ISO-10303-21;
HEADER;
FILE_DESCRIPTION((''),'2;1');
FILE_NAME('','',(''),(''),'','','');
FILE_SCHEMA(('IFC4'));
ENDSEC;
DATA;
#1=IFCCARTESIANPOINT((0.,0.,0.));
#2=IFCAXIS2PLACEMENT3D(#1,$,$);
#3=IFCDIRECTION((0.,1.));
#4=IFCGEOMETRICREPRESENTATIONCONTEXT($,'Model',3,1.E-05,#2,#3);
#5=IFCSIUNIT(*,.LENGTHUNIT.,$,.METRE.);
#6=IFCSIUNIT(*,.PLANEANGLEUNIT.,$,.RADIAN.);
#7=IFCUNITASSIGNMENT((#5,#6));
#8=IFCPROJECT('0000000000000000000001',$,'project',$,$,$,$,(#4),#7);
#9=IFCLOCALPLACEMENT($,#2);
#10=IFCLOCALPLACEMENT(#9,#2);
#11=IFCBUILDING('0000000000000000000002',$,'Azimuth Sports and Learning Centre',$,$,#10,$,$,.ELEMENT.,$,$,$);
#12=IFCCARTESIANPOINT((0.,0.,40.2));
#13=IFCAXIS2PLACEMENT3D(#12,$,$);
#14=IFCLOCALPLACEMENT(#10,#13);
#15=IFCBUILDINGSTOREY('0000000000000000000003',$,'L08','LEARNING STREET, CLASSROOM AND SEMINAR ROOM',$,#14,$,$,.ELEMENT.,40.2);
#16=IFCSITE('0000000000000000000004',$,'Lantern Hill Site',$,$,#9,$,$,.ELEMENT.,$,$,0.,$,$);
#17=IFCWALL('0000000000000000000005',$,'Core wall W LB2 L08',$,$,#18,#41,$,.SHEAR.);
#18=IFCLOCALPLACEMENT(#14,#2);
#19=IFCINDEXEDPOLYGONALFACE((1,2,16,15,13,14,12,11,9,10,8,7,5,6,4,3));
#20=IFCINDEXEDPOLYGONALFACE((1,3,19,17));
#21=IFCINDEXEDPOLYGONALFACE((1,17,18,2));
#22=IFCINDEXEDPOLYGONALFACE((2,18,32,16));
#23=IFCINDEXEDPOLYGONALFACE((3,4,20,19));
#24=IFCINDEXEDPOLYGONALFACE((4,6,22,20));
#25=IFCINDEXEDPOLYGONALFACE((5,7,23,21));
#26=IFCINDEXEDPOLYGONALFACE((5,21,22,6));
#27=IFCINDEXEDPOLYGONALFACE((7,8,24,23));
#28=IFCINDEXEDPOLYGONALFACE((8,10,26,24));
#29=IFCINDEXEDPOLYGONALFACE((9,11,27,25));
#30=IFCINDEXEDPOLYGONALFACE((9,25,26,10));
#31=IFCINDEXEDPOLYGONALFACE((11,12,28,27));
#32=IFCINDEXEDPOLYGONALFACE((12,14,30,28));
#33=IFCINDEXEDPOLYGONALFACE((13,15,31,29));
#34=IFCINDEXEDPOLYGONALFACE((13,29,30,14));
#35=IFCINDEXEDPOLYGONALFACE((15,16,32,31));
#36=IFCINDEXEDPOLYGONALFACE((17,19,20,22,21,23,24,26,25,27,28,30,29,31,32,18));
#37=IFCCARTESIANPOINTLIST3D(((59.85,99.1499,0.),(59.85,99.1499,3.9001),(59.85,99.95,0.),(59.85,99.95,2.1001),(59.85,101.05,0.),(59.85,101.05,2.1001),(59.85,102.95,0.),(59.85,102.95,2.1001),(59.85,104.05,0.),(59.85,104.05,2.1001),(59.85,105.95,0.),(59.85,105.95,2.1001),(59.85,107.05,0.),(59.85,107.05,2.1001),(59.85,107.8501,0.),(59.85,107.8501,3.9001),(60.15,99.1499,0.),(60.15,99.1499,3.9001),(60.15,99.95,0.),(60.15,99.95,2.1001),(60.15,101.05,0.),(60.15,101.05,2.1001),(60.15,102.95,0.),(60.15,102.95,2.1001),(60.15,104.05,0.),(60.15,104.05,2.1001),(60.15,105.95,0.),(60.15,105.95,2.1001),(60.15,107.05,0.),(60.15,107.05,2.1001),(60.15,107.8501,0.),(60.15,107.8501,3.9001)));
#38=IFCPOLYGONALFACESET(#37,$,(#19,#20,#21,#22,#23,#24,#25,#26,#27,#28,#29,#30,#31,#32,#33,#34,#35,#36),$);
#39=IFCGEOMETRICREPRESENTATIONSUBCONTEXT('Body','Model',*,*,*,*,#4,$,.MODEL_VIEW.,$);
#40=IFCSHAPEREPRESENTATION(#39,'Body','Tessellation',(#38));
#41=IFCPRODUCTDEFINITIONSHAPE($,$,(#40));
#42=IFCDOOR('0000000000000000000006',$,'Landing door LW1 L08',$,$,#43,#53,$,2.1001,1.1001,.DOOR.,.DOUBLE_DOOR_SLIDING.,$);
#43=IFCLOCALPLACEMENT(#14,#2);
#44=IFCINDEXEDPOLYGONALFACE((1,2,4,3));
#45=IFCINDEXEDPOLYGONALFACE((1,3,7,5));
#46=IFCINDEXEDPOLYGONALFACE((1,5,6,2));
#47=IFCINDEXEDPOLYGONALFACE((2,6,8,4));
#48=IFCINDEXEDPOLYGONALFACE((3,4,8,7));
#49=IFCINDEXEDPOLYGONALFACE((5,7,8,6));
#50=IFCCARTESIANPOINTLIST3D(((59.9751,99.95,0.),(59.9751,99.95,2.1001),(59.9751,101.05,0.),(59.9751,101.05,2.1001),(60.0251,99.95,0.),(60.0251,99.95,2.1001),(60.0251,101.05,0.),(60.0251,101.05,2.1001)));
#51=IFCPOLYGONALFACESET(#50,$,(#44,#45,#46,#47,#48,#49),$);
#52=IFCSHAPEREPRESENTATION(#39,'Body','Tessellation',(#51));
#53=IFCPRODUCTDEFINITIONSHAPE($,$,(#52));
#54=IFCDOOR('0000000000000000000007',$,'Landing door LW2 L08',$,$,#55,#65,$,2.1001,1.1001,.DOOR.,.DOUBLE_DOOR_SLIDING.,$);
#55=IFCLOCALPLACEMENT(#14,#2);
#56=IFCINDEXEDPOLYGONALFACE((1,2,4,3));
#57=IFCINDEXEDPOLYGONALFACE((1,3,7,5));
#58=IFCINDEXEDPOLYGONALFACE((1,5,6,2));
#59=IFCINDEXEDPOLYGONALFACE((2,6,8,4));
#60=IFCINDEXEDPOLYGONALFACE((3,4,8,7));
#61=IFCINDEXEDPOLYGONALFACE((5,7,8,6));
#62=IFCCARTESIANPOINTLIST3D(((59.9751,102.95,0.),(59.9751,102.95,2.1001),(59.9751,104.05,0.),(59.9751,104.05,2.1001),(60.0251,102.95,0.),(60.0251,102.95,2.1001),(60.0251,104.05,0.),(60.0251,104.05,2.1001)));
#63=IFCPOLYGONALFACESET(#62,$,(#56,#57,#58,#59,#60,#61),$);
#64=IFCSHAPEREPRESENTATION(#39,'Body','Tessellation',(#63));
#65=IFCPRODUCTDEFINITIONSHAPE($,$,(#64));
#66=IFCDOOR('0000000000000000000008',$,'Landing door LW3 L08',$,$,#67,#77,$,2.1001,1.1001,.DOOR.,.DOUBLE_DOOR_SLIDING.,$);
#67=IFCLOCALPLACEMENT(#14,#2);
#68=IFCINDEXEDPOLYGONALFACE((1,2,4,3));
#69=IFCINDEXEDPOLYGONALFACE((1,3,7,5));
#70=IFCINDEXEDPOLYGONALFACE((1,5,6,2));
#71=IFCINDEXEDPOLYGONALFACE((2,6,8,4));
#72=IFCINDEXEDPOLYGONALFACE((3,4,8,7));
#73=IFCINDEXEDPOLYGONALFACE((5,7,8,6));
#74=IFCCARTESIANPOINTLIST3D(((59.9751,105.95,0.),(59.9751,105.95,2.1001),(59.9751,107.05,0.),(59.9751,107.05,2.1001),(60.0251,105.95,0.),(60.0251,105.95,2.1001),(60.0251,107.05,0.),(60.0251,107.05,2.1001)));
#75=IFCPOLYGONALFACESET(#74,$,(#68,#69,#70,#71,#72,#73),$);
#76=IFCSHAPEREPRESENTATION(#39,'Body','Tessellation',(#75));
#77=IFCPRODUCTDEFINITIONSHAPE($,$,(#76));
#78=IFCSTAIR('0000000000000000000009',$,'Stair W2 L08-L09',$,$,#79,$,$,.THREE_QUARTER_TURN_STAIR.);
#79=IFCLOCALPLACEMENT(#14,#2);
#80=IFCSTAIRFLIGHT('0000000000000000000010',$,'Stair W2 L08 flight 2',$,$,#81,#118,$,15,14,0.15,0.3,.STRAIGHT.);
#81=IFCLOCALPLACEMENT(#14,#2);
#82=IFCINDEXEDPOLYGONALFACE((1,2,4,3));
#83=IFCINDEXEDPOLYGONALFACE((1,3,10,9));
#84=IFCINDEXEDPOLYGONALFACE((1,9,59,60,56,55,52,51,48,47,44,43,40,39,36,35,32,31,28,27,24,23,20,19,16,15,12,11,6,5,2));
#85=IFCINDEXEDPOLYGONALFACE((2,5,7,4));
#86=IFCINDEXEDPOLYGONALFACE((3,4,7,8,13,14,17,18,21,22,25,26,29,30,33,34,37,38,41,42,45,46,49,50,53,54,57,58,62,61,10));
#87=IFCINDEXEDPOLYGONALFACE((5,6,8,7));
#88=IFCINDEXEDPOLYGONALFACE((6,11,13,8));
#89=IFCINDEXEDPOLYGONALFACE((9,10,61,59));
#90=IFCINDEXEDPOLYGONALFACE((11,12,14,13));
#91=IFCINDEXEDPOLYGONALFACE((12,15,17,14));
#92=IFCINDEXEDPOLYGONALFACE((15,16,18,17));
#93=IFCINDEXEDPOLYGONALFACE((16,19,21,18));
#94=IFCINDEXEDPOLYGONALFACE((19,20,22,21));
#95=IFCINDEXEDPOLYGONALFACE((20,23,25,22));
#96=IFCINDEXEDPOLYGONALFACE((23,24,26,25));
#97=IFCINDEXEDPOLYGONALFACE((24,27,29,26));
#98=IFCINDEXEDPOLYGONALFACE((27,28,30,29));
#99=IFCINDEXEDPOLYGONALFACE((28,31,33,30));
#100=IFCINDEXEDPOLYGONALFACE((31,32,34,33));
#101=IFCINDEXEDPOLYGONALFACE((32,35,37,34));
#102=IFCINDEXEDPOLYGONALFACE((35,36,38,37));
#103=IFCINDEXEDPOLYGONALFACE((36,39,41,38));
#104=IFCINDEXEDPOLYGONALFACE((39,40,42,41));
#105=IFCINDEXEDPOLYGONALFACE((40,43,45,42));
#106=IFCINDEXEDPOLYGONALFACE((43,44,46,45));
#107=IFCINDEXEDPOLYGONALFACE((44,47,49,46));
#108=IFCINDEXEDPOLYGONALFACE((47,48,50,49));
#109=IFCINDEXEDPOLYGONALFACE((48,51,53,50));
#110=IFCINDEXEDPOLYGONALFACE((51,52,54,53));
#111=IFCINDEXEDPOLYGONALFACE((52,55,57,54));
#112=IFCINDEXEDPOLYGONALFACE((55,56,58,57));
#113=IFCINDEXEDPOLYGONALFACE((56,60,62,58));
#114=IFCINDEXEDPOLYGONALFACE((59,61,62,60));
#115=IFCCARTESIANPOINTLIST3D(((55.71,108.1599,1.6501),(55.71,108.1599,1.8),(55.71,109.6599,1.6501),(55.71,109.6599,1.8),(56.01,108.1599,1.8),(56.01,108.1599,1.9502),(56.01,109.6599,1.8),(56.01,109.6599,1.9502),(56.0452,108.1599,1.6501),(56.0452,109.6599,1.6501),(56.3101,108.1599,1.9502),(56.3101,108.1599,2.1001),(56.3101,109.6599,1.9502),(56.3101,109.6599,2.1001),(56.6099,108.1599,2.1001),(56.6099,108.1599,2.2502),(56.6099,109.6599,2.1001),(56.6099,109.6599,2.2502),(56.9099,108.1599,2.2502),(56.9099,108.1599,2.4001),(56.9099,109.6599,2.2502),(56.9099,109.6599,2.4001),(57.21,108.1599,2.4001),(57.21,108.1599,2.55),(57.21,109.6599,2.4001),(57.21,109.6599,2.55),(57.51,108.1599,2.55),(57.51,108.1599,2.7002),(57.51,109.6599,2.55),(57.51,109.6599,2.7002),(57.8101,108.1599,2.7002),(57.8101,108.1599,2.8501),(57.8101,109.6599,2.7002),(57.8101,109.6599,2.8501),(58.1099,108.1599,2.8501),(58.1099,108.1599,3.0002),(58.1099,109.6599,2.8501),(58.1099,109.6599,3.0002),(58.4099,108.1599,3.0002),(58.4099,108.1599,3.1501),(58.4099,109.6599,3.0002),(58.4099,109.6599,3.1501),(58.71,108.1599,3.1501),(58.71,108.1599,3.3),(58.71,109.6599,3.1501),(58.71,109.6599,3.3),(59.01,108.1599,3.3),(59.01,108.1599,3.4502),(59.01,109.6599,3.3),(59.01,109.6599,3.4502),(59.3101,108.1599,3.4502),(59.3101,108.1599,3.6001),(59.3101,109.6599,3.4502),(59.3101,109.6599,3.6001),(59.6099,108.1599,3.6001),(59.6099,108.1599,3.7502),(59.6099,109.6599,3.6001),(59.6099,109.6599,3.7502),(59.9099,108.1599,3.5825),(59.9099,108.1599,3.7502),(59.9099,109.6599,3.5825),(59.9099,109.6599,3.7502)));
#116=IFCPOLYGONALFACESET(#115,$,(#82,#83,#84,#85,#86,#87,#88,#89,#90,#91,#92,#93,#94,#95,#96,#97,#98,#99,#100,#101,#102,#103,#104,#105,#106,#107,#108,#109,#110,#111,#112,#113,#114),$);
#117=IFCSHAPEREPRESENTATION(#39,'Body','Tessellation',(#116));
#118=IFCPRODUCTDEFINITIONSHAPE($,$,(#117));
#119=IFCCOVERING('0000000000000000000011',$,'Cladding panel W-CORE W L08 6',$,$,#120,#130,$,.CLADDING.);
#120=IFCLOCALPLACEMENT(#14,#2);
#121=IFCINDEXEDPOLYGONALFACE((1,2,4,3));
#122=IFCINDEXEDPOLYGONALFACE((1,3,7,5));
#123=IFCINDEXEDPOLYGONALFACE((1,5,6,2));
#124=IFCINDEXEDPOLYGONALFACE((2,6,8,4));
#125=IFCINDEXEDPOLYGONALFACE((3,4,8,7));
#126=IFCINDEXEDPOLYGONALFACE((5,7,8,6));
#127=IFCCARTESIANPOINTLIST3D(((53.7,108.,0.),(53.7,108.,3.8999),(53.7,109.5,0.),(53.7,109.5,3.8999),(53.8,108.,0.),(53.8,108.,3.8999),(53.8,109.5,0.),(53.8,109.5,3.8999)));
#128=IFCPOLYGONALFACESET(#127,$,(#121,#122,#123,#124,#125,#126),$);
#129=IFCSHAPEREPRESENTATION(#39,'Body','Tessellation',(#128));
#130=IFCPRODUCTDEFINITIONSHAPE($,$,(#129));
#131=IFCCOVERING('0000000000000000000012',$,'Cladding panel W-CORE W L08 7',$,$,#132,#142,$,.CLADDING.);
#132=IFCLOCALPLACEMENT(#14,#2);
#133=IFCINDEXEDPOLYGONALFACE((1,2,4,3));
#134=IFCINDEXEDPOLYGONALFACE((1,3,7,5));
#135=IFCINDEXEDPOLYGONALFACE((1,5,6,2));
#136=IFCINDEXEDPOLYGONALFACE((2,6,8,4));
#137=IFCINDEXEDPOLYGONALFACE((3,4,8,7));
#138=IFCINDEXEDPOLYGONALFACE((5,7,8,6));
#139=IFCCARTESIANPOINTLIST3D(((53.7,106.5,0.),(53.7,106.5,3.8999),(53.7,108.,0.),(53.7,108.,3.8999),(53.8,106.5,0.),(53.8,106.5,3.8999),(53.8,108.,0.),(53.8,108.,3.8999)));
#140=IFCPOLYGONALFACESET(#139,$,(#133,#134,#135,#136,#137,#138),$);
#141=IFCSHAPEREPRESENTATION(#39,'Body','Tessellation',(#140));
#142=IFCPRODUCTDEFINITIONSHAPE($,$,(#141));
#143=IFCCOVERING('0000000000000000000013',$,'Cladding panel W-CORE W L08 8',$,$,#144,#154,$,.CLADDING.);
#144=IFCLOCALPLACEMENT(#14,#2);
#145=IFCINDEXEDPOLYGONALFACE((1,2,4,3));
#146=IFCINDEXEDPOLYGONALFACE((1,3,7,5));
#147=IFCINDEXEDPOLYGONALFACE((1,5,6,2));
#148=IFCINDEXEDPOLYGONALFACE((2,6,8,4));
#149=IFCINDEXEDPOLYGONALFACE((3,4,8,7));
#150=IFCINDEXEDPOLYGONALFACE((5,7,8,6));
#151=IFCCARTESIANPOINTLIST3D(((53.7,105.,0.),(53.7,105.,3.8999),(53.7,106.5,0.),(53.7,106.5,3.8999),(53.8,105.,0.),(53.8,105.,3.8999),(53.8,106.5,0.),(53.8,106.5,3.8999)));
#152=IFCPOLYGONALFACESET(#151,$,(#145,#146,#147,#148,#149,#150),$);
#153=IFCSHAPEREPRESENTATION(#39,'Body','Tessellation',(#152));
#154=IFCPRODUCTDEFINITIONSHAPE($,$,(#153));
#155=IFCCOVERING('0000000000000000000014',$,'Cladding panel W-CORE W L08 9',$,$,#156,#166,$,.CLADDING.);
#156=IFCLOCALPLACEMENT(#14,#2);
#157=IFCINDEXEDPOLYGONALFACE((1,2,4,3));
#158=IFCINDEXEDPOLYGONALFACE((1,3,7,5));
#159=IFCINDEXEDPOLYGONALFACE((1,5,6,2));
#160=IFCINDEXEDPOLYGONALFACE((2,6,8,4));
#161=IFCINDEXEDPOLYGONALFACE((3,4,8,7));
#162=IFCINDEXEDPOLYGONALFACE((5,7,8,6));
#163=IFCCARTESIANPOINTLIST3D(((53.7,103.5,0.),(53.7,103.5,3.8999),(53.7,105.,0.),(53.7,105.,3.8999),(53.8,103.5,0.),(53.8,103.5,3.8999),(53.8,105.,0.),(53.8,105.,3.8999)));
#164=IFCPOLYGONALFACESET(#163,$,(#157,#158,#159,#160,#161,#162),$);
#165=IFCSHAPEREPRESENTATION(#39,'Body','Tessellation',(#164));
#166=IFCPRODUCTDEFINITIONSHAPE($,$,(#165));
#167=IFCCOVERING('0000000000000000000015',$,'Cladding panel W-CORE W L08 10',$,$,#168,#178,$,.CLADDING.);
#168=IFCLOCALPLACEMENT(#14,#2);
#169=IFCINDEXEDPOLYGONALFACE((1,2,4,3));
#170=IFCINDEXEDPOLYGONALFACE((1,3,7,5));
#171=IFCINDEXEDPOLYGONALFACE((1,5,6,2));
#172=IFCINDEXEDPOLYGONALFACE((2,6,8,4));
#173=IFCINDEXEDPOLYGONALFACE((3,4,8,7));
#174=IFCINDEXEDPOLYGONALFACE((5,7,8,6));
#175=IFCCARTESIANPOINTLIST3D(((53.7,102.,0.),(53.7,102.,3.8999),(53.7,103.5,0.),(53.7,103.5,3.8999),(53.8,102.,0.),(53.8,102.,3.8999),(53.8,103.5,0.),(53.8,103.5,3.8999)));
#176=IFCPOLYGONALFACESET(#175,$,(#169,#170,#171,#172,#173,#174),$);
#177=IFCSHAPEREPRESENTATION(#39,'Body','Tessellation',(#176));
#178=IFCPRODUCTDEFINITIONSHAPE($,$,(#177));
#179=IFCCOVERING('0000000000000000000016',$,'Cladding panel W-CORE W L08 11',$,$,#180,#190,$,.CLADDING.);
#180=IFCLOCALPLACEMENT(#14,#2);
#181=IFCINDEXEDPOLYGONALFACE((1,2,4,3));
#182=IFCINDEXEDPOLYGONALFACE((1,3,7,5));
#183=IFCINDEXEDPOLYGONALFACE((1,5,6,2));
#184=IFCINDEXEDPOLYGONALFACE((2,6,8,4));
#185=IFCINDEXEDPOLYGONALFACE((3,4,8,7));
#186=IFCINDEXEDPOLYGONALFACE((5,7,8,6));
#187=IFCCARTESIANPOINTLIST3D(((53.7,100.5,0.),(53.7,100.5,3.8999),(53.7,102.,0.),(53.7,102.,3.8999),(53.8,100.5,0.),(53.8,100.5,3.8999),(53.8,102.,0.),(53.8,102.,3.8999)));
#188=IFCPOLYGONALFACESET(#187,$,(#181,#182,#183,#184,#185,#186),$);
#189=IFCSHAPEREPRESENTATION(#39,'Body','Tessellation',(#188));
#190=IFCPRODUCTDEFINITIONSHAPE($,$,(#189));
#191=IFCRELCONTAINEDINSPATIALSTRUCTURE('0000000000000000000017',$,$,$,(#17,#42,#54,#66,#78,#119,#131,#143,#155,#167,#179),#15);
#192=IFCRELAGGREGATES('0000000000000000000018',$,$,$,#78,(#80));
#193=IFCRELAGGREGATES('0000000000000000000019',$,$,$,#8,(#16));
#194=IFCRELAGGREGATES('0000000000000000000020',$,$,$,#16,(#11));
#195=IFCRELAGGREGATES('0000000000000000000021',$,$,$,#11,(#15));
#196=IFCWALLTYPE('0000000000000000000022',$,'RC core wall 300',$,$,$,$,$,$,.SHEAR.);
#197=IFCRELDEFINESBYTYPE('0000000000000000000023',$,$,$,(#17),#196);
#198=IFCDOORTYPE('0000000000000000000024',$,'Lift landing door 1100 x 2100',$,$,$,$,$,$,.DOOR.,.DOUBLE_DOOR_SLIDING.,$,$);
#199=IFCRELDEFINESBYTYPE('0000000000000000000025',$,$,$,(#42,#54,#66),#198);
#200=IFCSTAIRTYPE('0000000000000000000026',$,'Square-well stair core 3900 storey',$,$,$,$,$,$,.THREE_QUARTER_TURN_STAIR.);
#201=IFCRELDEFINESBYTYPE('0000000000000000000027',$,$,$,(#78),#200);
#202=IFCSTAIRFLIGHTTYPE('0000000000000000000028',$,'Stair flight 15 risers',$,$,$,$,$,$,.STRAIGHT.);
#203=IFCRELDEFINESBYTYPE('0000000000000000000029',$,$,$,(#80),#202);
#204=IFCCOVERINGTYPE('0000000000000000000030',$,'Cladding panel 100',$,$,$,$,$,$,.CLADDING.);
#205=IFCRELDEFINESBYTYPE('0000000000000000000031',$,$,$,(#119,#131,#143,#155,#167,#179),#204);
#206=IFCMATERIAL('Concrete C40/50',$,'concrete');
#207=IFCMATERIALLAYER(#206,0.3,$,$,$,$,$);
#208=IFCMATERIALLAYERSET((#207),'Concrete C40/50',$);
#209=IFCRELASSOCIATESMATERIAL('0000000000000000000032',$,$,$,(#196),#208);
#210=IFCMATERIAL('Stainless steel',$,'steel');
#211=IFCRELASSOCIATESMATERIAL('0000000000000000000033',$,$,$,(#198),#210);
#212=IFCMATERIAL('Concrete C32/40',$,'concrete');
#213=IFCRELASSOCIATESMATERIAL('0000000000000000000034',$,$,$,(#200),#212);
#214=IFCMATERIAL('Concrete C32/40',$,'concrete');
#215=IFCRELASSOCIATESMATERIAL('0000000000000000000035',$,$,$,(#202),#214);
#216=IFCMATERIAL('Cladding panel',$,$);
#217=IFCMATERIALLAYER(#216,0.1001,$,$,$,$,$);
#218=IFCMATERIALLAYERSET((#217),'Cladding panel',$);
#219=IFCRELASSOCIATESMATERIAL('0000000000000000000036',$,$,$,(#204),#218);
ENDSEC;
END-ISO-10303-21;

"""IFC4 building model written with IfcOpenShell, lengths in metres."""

from ifc_helpers import new_model, si_unit, direction, frame, frame_2d, origin, origin_2d, place, context, subcontext, project, spatial, polyline, rectangle, outline, extrude, material, layer, layer_set, type_object, element, fill, aggregate, save


model = new_model("IFC4")

# Units and contexts
model_context = context("Model", 3, precision=1e-05, world=origin(), true_north=direction((0.0, 1.0)))
body_context = subcontext(model_context, "Body", "Model", "MODEL_VIEW")
ifc_project = project(units=[si_unit("LENGTHUNIT", "METRE"), si_unit("PLANEANGLEUNIT", "RADIAN")], contexts=[model_context])

# Site, building, storey
site_placement = place(None, origin())
site = spatial("IfcSite", under=ifc_project, at=site_placement, Name="Lantern Hill Site", CompositionType="ELEMENT", RefElevation=0.0)
building_placement = place(site_placement, origin())
building = spatial("IfcBuilding", under=site, at=building_placement, Name="Azimuth Sports and Learning Centre", CompositionType="ELEMENT")
storey_placement = place(building_placement, frame((0.0, 0.0, 40.2)))
storey = spatial("IfcBuildingStorey", under=building, at=storey_placement, Name="L08", Description="LEARNING STREET, CLASSROOM AND SEMINAR ROOM", CompositionType="ELEMENT", Elevation=40.2)

# Shared definitions
ifc_material_1 = material(Name="Concrete C40/50", Category="concrete")
ifc_layer_1 = layer(ifc_material_1, 0.3)
ifc_layer_set_1 = layer_set([ifc_layer_1], Name="Concrete C40/50")
wall_type_1 = type_object("IfcWallType", Name="RC core wall 300", PredefinedType="SHEAR", material=ifc_layer_set_1)

# Wall, openings, doors
wall_1_placement = place(storey_placement, frame((60.0, 99.1499, 0.0), z_axis=(0.0, 0.0, 1.0), x_axis=(0.0, 1.0, 0.0)))
wall_1 = element("IfcWall", 1, at=wall_1_placement, inside=storey, type_object=wall_type_1, Name="Core wall W LB2 L08", PredefinedType="SHEAR", context=body_context, shape_type="SweptSolid", body=[
    extrude(rectangle(XDim=8.7002, YDim=0.3, at=frame_2d((4.3501, 0.0))), origin(), (0.0, 0.0, 1.0), 3.9001),
])
opening_1_placement = place(wall_1_placement, frame((0.8, 0.0, 0.0)))
opening_1 = element("IfcOpeningElement", 2, at=opening_1_placement, cuts=wall_1, PredefinedType="OPENING", context=body_context, shape_type="SweptSolid", body=[
    extrude(rectangle(XDim=1.1001, YDim=2.1001, at=frame_2d((0.55, 1.05))), frame((0.0, 0.1611, 0.0), z_axis=(0.0, -1.0, 0.0), x_axis=(1.0, 0.0, 0.0)), (0.0, 0.0, 1.0), 0.322),
])
opening_2_placement = place(wall_1_placement, frame((3.8, 0.0, 0.0)))
opening_2 = element("IfcOpeningElement", 3, at=opening_2_placement, cuts=wall_1, PredefinedType="OPENING", context=body_context, shape_type="SweptSolid", body=[
    extrude(rectangle(XDim=1.1001, YDim=2.1001, at=frame_2d((0.55, 1.05))), frame((0.0, 0.1611, 0.0), z_axis=(0.0, -1.0, 0.0), x_axis=(1.0, 0.0, 0.0)), (0.0, 0.0, 1.0), 0.322),
])
opening_3_placement = place(wall_1_placement, frame((6.8, 0.0, 0.0)))
opening_3 = element("IfcOpeningElement", 4, at=opening_3_placement, cuts=wall_1, PredefinedType="OPENING", context=body_context, shape_type="SweptSolid", body=[
    extrude(rectangle(XDim=1.1001, YDim=2.1001, at=frame_2d((0.55, 1.05))), frame((0.0, 0.1611, 0.0), z_axis=(0.0, -1.0, 0.0), x_axis=(1.0, 0.0, 0.0)), (0.0, 0.0, 1.0), 0.322),
])
ifc_material_2 = material(Name="Stainless steel", Category="steel")
door_type_1 = type_object("IfcDoorType", Name="Lift landing door 1100 x 2100", OperationType="DOUBLE_DOOR_SLIDING", PredefinedType="DOOR", material=ifc_material_2)
door_1_placement = place(opening_1_placement, origin())
door_1 = element("IfcDoor", 5, at=door_1_placement, inside=storey, type_object=door_type_1, Name="Landing door LW1 L08", OperationType="DOUBLE_DOOR_SLIDING", OverallHeight=2.1001, OverallWidth=1.1001, PredefinedType="DOOR", context=body_context, shape_type="SweptSolid", body=[
    extrude(rectangle(XDim=1.1001, YDim=2.1001, at=frame_2d((0.55, 1.05))), frame((0.0, 0.0249, 0.0), z_axis=(0.0, -1.0, 0.0), x_axis=(1.0, 0.0, 0.0)), (0.0, 0.0, 1.0), 0.05),
])
fill(opening_1, door_1)
door_2_placement = place(opening_2_placement, origin())
door_2 = element("IfcDoor", 6, at=door_2_placement, inside=storey, type_object=door_type_1, Name="Landing door LW2 L08", OperationType="DOUBLE_DOOR_SLIDING", OverallHeight=2.1001, OverallWidth=1.1001, PredefinedType="DOOR", context=body_context, shape_type="SweptSolid", body=[
    extrude(rectangle(XDim=1.1001, YDim=2.1001, at=frame_2d((0.55, 1.05))), frame((0.0, 0.0249, 0.0), z_axis=(0.0, -1.0, 0.0), x_axis=(1.0, 0.0, 0.0)), (0.0, 0.0, 1.0), 0.05),
])
fill(opening_2, door_2)
door_3_placement = place(opening_3_placement, origin())
door_3 = element("IfcDoor", 7, at=door_3_placement, inside=storey, type_object=door_type_1, Name="Landing door LW3 L08", OperationType="DOUBLE_DOOR_SLIDING", OverallHeight=2.1001, OverallWidth=1.1001, PredefinedType="DOOR", context=body_context, shape_type="SweptSolid", body=[
    extrude(rectangle(XDim=1.1001, YDim=2.1001, at=frame_2d((0.55, 1.05))), frame((0.0, 0.0249, 0.0), z_axis=(0.0, -1.0, 0.0), x_axis=(1.0, 0.0, 0.0)), (0.0, 0.0, 1.0), 0.05),
])
fill(opening_3, door_3)

# Stair, stair flight
ifc_material_3 = material(Name="Concrete C32/40", Category="concrete")
stair_type = type_object("IfcStairType", Name="Square-well stair core 3900 storey", PredefinedType="THREE_QUARTER_TURN_STAIR", material=ifc_material_3)
stair_placement = place(storey_placement, origin())
stair = element("IfcStair", 8, at=stair_placement, inside=storey, type_object=stair_type, Name="Stair W2 L08-L09", PredefinedType="THREE_QUARTER_TURN_STAIR")
ifc_material_4 = material(Name="Concrete C32/40", Category="concrete")
stair_flight_type = type_object("IfcStairFlightType", Name="Stair flight 15 risers", PredefinedType="STRAIGHT", material=ifc_material_4)
stair_flight_placement = place(storey_placement, frame((55.71, 108.9099, 1.6501), z_axis=(0.0, 0.0, 1.0), x_axis=(1.0, 0.0, 0.0)))
stair_flight = element("IfcStairFlight", 9, at=stair_flight_placement, type_object=stair_flight_type, Name="Stair W2 L08 flight 2", NumberOfRisers=15, NumberOfTreads=14, PredefinedType="STRAIGHT", RiserHeight=0.15, TreadLength=0.3, context=body_context, shape_type="SweptSolid", body=[
    extrude(outline(polyline([(0.0, 0.0), (0.0, 0.1499), (0.3, 0.1499), (0.3, 0.3), (0.6001, 0.3), (0.6001, 0.45), (0.8999, 0.45), (0.8999, 0.6001), (1.2, 0.6001), (1.2, 0.75), (1.5, 0.75), (1.5, 0.8999), (1.8, 0.8999), (1.8, 1.05), (2.1001, 1.05), (2.1001, 1.2), (2.3999, 1.2), (2.3999, 1.3501), (2.7, 1.3501), (2.7, 1.5), (3.0, 1.5), (3.0, 1.6499), (3.3, 1.6499), (3.3, 1.8), (3.6001, 1.8), (3.6001, 1.95), (3.8999, 1.95), (3.8999, 2.1001), (4.2, 2.1001), (4.2, 2.25), (4.2, 1.9324), (0.3352, 0.0), (0.0, 0.0)])), frame((0.0, 0.75, 0.0), z_axis=(0.0, -1.0, 0.0), x_axis=(1.0, 0.0, 0.0)), (0.0, 0.0, 1.0), 1.5),
])
aggregate(stair, [stair_flight])

# Coverings
ifc_material_5 = material(Name="Cladding panel")
ifc_layer_2 = layer(ifc_material_5, 0.1001)
ifc_layer_set_2 = layer_set([ifc_layer_2], Name="Cladding panel")
covering_type = type_object("IfcCoveringType", Name="Cladding panel 100", PredefinedType="CLADDING", material=ifc_layer_set_2)
for number, where, z_axis, x_axis, name in (
    (10, (53.75, 108.75, 0.0), (0.0, 0.0, 1.0), (0.0, -1.0, 0.0), "Cladding panel W-CORE W L08 6"),
    (11, (53.75, 107.25, 0.0), (0.0, 0.0, 1.0), (0.0, -1.0, 0.0), "Cladding panel W-CORE W L08 7"),
    (12, (53.75, 105.75, 0.0), (0.0, 0.0, 1.0), (0.0, -1.0, 0.0), "Cladding panel W-CORE W L08 8"),
    (13, (53.75, 104.25, 0.0), (0.0, 0.0, 1.0), (0.0, -1.0, 0.0), "Cladding panel W-CORE W L08 9"),
    (14, (53.75, 102.75, 0.0), (0.0, 0.0, 1.0), (0.0, -1.0, 0.0), "Cladding panel W-CORE W L08 10"),
    (15, (53.75, 101.25, 0.0), (0.0, 0.0, 1.0), (0.0, -1.0, 0.0), "Cladding panel W-CORE W L08 11"),
):
    element("IfcCovering", number, at=place(storey_placement, frame(where, z_axis=z_axis, x_axis=x_axis)), inside=storey, type_object=covering_type, Name=name, PredefinedType="CLADDING", context=body_context, shape_type="SweptSolid", body=[
        extrude(rectangle(XDim=1.5, YDim=0.1001, at=origin_2d()), origin(), (0.0, 0.0, 1.0), 3.8999),
    ])

save(model, "model.ifc")
